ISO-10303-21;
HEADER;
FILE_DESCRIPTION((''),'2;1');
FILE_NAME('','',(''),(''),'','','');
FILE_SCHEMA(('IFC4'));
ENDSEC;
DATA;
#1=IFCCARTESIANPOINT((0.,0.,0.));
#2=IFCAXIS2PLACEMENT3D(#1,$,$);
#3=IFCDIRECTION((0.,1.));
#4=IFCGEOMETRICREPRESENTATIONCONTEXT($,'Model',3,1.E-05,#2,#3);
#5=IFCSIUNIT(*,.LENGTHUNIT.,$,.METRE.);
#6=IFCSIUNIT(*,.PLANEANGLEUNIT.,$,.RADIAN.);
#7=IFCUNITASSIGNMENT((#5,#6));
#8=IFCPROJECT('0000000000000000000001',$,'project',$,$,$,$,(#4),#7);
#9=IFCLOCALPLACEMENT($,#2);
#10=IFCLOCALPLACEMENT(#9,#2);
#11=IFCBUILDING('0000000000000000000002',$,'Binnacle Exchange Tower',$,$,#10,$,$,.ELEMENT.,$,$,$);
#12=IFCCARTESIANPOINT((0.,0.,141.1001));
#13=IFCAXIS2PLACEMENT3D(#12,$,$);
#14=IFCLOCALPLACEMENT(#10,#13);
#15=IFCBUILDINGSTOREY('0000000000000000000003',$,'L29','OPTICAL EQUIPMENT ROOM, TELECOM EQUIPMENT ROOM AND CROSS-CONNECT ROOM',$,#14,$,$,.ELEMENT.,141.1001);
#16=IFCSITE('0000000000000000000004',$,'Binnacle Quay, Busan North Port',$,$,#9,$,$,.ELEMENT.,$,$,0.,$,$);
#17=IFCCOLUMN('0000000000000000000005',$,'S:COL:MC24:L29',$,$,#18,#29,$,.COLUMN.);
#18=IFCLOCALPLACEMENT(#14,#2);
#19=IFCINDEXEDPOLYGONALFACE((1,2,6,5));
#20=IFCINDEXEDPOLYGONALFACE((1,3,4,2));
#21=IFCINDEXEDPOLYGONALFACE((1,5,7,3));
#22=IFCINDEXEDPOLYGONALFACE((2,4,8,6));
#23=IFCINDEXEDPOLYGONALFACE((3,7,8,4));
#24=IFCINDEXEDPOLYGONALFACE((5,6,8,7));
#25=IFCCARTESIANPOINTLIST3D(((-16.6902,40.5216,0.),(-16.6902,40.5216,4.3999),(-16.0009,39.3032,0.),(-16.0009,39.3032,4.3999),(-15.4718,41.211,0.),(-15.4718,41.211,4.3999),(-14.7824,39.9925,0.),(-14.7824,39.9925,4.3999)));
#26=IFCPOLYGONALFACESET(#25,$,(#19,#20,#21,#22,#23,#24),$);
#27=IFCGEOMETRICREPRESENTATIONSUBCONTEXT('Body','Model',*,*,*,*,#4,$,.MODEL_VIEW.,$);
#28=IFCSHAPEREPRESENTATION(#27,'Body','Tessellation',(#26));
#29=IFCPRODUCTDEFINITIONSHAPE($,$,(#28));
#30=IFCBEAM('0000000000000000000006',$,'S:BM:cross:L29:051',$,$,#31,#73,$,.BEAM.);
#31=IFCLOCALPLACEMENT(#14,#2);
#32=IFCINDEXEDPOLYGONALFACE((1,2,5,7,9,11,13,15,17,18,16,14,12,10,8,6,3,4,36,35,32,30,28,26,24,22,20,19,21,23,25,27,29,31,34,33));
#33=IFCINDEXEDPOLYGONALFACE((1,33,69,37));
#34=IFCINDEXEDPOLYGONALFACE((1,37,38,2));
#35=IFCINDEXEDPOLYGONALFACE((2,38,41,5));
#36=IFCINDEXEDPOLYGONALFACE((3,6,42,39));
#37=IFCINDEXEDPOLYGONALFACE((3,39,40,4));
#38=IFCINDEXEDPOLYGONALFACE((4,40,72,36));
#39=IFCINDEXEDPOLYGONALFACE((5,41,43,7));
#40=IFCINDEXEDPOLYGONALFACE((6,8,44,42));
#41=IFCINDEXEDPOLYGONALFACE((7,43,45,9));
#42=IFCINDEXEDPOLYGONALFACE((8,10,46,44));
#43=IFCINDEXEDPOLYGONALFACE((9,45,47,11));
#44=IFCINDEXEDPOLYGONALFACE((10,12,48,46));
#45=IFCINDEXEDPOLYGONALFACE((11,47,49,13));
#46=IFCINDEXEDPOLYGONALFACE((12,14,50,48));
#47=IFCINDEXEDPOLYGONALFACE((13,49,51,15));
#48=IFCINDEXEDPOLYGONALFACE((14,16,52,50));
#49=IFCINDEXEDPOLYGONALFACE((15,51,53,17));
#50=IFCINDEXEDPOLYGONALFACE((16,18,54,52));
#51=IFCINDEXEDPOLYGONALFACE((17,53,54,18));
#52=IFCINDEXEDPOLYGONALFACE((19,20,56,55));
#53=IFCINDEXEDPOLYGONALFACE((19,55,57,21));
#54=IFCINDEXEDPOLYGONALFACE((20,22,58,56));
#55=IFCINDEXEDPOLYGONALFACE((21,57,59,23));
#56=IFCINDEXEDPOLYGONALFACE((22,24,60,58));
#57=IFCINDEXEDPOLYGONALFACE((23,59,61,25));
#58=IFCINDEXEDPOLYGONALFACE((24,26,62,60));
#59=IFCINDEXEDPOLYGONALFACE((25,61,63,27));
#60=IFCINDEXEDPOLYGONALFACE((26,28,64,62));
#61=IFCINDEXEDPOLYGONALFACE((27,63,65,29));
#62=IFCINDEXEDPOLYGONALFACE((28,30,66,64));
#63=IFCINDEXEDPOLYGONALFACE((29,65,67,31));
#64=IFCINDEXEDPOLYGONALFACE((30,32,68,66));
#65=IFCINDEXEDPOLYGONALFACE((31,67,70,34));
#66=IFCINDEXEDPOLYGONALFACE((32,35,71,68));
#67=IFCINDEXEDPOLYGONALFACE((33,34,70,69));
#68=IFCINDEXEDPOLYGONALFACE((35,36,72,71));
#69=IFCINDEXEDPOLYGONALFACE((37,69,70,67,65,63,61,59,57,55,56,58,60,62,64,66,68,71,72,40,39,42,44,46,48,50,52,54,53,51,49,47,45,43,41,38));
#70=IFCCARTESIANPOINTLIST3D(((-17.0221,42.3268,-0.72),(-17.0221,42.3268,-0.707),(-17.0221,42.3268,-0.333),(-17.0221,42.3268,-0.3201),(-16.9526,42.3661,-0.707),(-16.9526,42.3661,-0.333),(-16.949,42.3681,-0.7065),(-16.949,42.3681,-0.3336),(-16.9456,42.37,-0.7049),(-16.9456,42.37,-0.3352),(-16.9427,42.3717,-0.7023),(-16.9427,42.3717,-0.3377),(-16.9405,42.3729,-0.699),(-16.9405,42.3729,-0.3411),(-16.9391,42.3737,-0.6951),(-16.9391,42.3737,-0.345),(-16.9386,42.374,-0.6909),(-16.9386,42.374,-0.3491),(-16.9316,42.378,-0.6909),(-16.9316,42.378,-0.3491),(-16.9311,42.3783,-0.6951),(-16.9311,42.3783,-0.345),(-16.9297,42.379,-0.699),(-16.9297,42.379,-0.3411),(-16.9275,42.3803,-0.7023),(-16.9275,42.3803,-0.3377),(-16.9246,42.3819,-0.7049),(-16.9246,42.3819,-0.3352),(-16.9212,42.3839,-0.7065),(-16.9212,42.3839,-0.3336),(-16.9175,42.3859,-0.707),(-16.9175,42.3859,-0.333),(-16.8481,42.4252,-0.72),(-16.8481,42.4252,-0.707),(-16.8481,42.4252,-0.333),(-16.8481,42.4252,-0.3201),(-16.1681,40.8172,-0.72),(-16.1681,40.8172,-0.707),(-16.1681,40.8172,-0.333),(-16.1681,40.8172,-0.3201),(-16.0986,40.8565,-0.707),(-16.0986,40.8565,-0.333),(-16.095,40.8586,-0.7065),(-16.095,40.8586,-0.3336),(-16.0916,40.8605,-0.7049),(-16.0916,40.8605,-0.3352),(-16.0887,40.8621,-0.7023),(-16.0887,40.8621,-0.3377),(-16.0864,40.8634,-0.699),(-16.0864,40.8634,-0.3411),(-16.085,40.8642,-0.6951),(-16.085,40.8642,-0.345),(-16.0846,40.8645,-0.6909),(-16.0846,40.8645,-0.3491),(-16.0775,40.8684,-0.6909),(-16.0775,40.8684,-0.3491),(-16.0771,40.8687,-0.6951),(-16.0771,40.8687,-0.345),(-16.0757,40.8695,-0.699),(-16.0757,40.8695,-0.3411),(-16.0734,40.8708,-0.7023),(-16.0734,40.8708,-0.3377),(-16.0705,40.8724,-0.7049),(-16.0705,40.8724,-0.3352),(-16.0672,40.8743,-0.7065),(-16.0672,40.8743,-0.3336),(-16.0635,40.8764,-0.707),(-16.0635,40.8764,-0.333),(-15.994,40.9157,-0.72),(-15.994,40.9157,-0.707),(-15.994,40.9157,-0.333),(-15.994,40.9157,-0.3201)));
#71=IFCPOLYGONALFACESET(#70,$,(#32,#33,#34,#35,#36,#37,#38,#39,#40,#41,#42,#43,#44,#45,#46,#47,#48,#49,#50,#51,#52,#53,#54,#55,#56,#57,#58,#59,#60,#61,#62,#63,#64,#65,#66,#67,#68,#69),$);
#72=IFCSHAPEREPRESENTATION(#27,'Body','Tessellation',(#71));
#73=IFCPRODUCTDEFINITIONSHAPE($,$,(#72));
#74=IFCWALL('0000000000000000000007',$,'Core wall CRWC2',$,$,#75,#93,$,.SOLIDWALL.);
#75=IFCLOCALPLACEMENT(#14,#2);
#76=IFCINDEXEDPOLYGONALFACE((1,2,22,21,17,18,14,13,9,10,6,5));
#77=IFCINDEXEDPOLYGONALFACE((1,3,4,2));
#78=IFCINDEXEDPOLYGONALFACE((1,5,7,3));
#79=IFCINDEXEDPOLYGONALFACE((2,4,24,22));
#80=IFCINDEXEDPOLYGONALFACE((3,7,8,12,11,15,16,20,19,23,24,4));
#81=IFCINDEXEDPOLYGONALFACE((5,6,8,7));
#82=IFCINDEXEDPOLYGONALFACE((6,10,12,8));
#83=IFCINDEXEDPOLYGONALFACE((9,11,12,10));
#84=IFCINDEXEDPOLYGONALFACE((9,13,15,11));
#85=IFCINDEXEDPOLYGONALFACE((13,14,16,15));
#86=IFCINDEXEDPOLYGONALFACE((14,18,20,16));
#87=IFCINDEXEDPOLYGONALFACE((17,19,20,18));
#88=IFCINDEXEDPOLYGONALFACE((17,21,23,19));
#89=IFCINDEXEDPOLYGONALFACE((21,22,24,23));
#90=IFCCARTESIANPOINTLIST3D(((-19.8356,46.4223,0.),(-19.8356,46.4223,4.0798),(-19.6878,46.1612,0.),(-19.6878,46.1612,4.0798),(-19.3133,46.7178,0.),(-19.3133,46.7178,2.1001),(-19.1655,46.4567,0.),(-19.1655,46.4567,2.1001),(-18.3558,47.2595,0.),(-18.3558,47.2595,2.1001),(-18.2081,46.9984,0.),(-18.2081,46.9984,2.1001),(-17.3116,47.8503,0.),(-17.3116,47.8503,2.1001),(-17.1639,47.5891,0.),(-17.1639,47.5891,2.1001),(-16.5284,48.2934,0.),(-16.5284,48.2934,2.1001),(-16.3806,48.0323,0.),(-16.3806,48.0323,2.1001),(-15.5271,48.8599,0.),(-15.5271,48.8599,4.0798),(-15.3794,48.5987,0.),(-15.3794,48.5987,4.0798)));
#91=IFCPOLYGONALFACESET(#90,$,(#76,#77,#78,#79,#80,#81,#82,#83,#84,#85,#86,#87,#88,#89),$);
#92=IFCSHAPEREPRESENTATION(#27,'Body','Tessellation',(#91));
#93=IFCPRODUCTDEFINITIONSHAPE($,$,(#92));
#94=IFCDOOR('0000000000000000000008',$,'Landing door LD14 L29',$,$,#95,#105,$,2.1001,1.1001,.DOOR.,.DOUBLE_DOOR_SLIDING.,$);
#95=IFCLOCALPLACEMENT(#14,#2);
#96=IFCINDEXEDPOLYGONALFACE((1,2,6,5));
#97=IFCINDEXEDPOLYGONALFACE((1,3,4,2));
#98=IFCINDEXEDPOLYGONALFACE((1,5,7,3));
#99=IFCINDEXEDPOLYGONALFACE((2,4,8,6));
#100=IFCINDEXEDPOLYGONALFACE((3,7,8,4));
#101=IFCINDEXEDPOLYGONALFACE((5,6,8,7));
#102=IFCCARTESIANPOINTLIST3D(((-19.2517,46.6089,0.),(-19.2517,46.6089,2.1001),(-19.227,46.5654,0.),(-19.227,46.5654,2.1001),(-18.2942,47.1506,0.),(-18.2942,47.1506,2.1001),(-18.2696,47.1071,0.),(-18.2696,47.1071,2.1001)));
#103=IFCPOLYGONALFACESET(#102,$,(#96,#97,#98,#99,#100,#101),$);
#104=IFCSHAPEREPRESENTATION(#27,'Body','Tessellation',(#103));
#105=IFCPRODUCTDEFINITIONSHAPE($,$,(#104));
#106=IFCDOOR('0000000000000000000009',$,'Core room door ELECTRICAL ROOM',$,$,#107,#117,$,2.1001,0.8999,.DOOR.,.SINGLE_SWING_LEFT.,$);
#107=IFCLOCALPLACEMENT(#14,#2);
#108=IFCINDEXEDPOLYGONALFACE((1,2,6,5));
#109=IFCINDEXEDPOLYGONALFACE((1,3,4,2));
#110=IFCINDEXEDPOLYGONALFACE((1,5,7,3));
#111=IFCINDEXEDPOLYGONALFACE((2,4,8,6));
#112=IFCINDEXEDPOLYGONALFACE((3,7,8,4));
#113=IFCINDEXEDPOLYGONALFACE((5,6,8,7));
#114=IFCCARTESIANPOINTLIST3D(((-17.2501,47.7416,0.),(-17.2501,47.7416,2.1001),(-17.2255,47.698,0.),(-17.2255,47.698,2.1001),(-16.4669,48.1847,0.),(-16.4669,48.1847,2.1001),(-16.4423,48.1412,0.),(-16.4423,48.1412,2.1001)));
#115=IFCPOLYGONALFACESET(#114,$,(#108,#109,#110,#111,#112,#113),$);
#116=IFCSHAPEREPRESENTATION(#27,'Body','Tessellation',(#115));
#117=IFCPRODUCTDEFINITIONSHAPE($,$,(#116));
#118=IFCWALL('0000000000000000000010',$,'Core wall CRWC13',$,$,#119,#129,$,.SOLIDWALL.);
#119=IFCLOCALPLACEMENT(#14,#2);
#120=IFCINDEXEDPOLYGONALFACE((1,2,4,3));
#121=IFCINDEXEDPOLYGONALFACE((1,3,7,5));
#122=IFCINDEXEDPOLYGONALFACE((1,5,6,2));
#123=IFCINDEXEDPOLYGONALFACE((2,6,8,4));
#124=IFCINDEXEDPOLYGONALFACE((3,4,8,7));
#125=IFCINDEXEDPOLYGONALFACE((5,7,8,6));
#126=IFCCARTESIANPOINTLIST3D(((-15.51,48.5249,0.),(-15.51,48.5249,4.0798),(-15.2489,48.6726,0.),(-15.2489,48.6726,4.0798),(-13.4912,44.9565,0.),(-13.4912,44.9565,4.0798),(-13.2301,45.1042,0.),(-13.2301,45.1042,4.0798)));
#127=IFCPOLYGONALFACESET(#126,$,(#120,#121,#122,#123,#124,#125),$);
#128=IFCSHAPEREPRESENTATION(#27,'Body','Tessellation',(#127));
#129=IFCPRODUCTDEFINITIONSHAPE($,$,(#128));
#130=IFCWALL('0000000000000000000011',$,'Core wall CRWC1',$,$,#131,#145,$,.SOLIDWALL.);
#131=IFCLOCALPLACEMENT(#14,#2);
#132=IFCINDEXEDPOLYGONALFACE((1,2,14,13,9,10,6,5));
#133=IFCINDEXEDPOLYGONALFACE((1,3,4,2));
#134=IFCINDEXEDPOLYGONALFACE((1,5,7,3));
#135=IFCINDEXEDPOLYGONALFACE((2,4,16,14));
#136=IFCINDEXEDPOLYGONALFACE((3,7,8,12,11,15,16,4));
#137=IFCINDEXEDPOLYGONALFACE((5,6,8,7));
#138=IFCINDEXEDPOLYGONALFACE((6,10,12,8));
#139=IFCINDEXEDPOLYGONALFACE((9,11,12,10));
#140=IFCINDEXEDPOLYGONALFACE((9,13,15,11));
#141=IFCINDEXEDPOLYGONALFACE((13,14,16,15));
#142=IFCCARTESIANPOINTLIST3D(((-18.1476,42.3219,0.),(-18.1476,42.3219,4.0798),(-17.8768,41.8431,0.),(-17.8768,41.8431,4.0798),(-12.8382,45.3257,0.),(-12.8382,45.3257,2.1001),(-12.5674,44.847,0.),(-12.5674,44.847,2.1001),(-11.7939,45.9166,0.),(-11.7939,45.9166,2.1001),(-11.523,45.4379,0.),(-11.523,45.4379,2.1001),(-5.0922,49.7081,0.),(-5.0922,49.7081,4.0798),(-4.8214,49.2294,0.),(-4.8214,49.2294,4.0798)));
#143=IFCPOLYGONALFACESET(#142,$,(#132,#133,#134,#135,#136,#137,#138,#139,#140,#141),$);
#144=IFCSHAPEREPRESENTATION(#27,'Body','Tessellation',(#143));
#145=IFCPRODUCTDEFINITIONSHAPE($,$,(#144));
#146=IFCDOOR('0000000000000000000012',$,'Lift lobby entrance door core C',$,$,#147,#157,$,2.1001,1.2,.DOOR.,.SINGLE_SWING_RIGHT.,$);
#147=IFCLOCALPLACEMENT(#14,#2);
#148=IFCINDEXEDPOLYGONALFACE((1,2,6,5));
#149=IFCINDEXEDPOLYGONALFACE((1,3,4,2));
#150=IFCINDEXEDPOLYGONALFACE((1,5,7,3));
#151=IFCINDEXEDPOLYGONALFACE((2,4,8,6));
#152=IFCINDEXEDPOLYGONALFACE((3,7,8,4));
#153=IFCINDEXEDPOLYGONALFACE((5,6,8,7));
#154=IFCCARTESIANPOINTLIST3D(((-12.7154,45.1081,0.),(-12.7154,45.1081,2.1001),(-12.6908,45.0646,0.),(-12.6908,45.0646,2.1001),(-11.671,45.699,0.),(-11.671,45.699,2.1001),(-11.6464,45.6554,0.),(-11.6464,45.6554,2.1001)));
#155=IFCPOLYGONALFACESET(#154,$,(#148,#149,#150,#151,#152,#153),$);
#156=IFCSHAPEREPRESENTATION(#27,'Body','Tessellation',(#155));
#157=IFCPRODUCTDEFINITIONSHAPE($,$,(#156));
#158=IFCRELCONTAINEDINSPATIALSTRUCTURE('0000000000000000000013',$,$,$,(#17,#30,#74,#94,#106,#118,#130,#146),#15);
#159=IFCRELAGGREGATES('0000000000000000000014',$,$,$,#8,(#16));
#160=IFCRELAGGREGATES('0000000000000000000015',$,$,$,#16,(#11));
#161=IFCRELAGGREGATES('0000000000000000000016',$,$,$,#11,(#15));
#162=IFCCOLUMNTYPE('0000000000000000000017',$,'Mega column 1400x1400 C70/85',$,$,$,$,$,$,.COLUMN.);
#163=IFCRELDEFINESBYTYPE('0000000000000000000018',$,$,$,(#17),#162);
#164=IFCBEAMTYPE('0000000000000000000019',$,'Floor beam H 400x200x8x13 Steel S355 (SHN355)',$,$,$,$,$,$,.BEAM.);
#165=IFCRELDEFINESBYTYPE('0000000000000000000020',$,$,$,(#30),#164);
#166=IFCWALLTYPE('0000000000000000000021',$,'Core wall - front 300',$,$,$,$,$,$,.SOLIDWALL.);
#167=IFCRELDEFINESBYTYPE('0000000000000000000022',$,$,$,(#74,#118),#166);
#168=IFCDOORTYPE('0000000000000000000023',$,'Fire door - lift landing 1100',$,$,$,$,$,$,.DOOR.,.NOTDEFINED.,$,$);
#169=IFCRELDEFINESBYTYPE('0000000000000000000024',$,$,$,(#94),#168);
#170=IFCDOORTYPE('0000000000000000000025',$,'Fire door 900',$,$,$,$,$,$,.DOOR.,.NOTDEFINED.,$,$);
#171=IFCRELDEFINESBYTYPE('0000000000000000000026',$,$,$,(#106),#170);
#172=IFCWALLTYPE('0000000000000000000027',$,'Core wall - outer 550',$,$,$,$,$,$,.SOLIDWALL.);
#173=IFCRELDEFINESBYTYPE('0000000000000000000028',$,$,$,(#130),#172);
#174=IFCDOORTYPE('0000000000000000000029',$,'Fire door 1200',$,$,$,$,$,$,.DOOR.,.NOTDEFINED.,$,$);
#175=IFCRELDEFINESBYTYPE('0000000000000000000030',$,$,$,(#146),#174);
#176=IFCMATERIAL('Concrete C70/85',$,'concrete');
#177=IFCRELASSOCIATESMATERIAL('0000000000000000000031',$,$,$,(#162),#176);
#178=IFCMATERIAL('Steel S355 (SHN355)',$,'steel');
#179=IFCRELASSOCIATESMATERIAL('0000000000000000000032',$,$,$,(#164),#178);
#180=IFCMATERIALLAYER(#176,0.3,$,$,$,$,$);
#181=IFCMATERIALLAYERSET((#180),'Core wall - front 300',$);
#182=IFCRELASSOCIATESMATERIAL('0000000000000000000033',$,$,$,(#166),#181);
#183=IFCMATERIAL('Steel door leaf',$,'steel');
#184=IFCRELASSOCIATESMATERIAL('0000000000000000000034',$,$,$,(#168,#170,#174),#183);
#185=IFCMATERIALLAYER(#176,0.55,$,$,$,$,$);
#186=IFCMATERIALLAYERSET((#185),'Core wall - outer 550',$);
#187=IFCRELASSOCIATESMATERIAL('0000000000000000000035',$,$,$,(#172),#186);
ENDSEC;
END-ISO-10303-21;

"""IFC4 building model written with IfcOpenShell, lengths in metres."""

from ifc_helpers import new_model, si_unit, direction, frame, frame_2d, origin, origin_2d, place, context, subcontext, project, spatial, rectangle, i_section, extrude, material, layer, layer_set, material_profile, profile_set, type_object, element, fill, save


model = new_model("IFC4")

# Units and contexts
model_context = context("Model", 3, precision=1e-05, world=origin(), true_north=direction((0.0, 1.0)))
body_context = subcontext(model_context, "Body", "Model", "MODEL_VIEW")
ifc_project = project(units=[si_unit("LENGTHUNIT", "METRE"), si_unit("PLANEANGLEUNIT", "RADIAN")], contexts=[model_context])

# Site, building, storey
site_placement = place(None, origin())
site = spatial("IfcSite", under=ifc_project, at=site_placement, Name="Binnacle Quay, Busan North Port", CompositionType="ELEMENT", RefElevation=0.0)
building_placement = place(site_placement, origin())
building = spatial("IfcBuilding", under=site, at=building_placement, Name="Binnacle Exchange Tower", CompositionType="ELEMENT")
storey_placement = place(building_placement, frame((0.0, 0.0, 141.1001)))
storey = spatial("IfcBuildingStorey", under=building, at=storey_placement, Name="L29", Description="OPTICAL EQUIPMENT ROOM, TELECOM EQUIPMENT ROOM AND CROSS-CONNECT ROOM", CompositionType="ELEMENT", Elevation=141.1001)

# Column
ifc_material_1 = material(Name="Concrete C70/85", Category="concrete")
ifc_material_profile_1 = material_profile(ifc_material_1, rectangle(XDim=1.3999, YDim=1.3999, at=origin_2d()), Name="Mega column 1400x1400 C70/85")
ifc_profile_set_1 = profile_set([ifc_material_profile_1], Name="Concrete C70/85")
column_type = type_object("IfcColumnType", Name="Mega column 1400x1400 C70/85", PredefinedType="COLUMN", material=ifc_profile_set_1)
column_placement = place(storey_placement, frame((-15.7363, 40.2571, 0.0), z_axis=(0.0, 0.0, 1.0), x_axis=(0.870356, 0.492424, 0.0)))
element("IfcColumn", 1, at=column_placement, inside=storey, type_object=column_type, Name="S:COL:MC24:L29", PredefinedType="COLUMN", context=body_context, shape_type="SweptSolid", body=[
    extrude(rectangle(XDim=1.3999, YDim=1.3999, at=origin_2d()), origin(), (0.0, 0.0, 1.0), 4.3999),
])

# Beam
ifc_material_2 = material(Name="Steel S355 (SHN355)", Category="steel")
ifc_material_profile_2 = material_profile(ifc_material_2, i_section(OverallWidth=0.2, OverallDepth=0.3999, WebThickness=0.0081, FlangeThickness=0.0129, FilletRadius=0.0161, at=origin_2d()), Name="H 400x200x8x13")
ifc_profile_set_2 = profile_set([ifc_material_profile_2], Name="Steel S355 (SHN355)")
beam_type = type_object("IfcBeamType", Name="Floor beam H 400x200x8x13 Steel S355 (SHN355)", PredefinedType="BEAM", material=ifc_profile_set_2)
beam_placement = place(storey_placement, frame((-16.0811, 40.8665, -0.52), z_axis=(-0.492405, 0.870366, 0.0), x_axis=(-0.870366, -0.492405, 0.0)))
element("IfcBeam", 2, at=beam_placement, inside=storey, type_object=beam_type, Name="S:BM:cross:L29:051", PredefinedType="BEAM", context=body_context, shape_type="SweptSolid", body=[
    extrude(i_section(OverallWidth=0.2, OverallDepth=0.3999, WebThickness=0.0081, FlangeThickness=0.0129, FilletRadius=0.0161, at=origin_2d()), origin(), (0.0, 0.0, 1.0), 1.7344),
])

# Wall, openings, doors
ifc_layer_1 = layer(ifc_material_1, 0.3)
ifc_layer_set_1 = layer_set([ifc_layer_1], Name="Core wall - front 300")
wall_type_1 = type_object("IfcWallType", Name="Core wall - front 300", PredefinedType="SOLIDWALL", material=ifc_layer_set_1)
wall_1_placement = place(storey_placement, frame((-19.7617, 46.2917, 0.0), z_axis=(0.0, 0.0, 1.0), x_axis=(0.87036, 0.492416, 0.0)))
wall_1 = element("IfcWall", 3, at=wall_1_placement, inside=storey, type_object=wall_type_1, Name="Core wall CRWC2", PredefinedType="SOLIDWALL", context=body_context, shape_type="SweptSolid", body=[
    extrude(rectangle(XDim=4.9502, YDim=0.3, at=frame_2d((2.4751, 0.0))), origin(), (0.0, 0.0, 1.0), 4.0798),
])
opening_1_placement = place(wall_1_placement, frame((0.6001, 0.0, 0.0)))
opening_1 = element("IfcOpeningElement", 4, at=opening_1_placement, cuts=wall_1, PredefinedType="OPENING", context=body_context, shape_type="SweptSolid", body=[
    extrude(rectangle(XDim=1.1001, YDim=2.1001, at=frame_2d((0.55, 1.05))), frame((0.0, 0.1599, 0.0), z_axis=(0.0, -1.0, 0.0), x_axis=(1.0, 0.0, 0.0)), (0.0, 0.0, 1.0), 0.3201),
])
opening_2_placement = place(wall_1_placement, frame((2.8999, 0.0, 0.0)))
opening_2 = element("IfcOpeningElement", 5, at=opening_2_placement, cuts=wall_1, PredefinedType="OPENING", context=body_context, shape_type="SweptSolid", body=[
    extrude(rectangle(XDim=0.8999, YDim=2.1001, at=frame_2d((0.45, 1.05))), frame((0.0, 0.1599, 0.0), z_axis=(0.0, -1.0, 0.0), x_axis=(1.0, 0.0, 0.0)), (0.0, 0.0, 1.0), 0.3201),
])
ifc_material_3 = material(Name="Steel door leaf", Category="steel")
door_type_1 = type_object("IfcDoorType", Name="Fire door - lift landing 1100", OperationType="NOTDEFINED", PredefinedType="DOOR", material=ifc_material_3)
door_1_placement = place(opening_1_placement, origin())
door_1 = element("IfcDoor", 6, at=door_1_placement, inside=storey, type_object=door_type_1, Name="Landing door LD14 L29", OperationType="DOUBLE_DOOR_SLIDING", OverallHeight=2.1001, OverallWidth=1.1001, PredefinedType="DOOR", context=body_context, shape_type="SweptSolid", body=[
    extrude(rectangle(XDim=1.1001, YDim=2.1001, at=frame_2d((0.55, 1.05))), frame((0.0, 0.0249, 0.0), z_axis=(0.0, -1.0, 0.0), x_axis=(1.0, 0.0, 0.0)), (0.0, 0.0, 1.0), 0.05),
])
fill(opening_1, door_1)
door_type_2 = type_object("IfcDoorType", Name="Fire door 900", OperationType="NOTDEFINED", PredefinedType="DOOR", material=ifc_material_3)
door_2_placement = place(opening_2_placement, frame((0.8999, 0.0, 0.0), z_axis=(0.0, 0.0, 1.0), x_axis=(-1.0, 0.0, 0.0)))
door_2 = element("IfcDoor", 7, at=door_2_placement, inside=storey, type_object=door_type_2, Name="Core room door ELECTRICAL ROOM", OperationType="SINGLE_SWING_LEFT", OverallHeight=2.1001, OverallWidth=0.8999, PredefinedType="DOOR", context=body_context, shape_type="SweptSolid", body=[
    extrude(rectangle(XDim=0.8999, YDim=2.1001, at=frame_2d((0.45, 1.05))), frame((0.0, 0.0249, 0.0), z_axis=(0.0, -1.0, 0.0), x_axis=(1.0, 0.0, 0.0)), (0.0, 0.0, 1.0), 0.05),
])
fill(opening_2, door_2)

# Wall
wall_2_placement = place(storey_placement, frame((-15.3794, 48.5986, 0.0), z_axis=(0.0, 0.0, 1.0), x_axis=(0.492408, -0.870364, 0.0)))
element("IfcWall", 8, at=wall_2_placement, inside=storey, type_object=wall_type_1, Name="Core wall CRWC13", PredefinedType="SOLIDWALL", context=body_context, shape_type="SweptSolid", body=[
    extrude(rectangle(XDim=4.0999, YDim=0.3, at=frame_2d((2.0498, 0.0))), origin(), (0.0, 0.0, 1.0), 4.0798),
])

# Wall, opening, door
ifc_layer_2 = layer(ifc_material_1, 0.55)
ifc_layer_set_2 = layer_set([ifc_layer_2], Name="Core wall - outer 550")
wall_type_2 = type_object("IfcWallType", Name="Core wall - outer 550", PredefinedType="SOLIDWALL", material=ifc_layer_set_2)
wall_3_placement = place(storey_placement, frame((-18.0122, 42.0825, 0.0), z_axis=(0.0, 0.0, 1.0), x_axis=(0.870361, 0.492415, 0.0)))
wall_3 = element("IfcWall", 9, at=wall_3_placement, inside=storey, type_object=wall_type_2, Name="Core wall CRWC1", PredefinedType="SOLIDWALL", context=body_context, shape_type="SweptSolid", body=[
    extrude(rectangle(XDim=15.0, YDim=0.55, at=frame_2d((7.5, 0.0))), origin(), (0.0, 0.0, 1.0), 4.0798),
])
opening_3_placement = place(wall_3_placement, frame((6.1001, 0.0, 0.0)))
opening_3 = element("IfcOpeningElement", 10, at=opening_3_placement, cuts=wall_3, PredefinedType="OPENING", context=body_context, shape_type="SweptSolid", body=[
    extrude(rectangle(XDim=1.2, YDim=2.1001, at=frame_2d((0.6001, 1.05))), frame((0.0, 0.2849, 0.0), z_axis=(0.0, -1.0, 0.0), x_axis=(1.0, 0.0, 0.0)), (0.0, 0.0, 1.0), 0.5701),
])
door_type_3 = type_object("IfcDoorType", Name="Fire door 1200", OperationType="NOTDEFINED", PredefinedType="DOOR", material=ifc_material_3)
door_3_placement = place(opening_3_placement, frame((1.2, 0.0, 0.0), z_axis=(0.0, 0.0, 1.0), x_axis=(-1.0, 0.0, 0.0)))
door_3 = element("IfcDoor", 11, at=door_3_placement, inside=storey, type_object=door_type_3, Name="Lift lobby entrance door core C", OperationType="SINGLE_SWING_RIGHT", OverallHeight=2.1001, OverallWidth=1.2, PredefinedType="DOOR", context=body_context, shape_type="SweptSolid", body=[
    extrude(rectangle(XDim=1.2, YDim=2.1001, at=frame_2d((0.6001, 1.05))), frame((0.0, 0.0249, 0.0), z_axis=(0.0, -1.0, 0.0), x_axis=(1.0, 0.0, 0.0)), (0.0, 0.0, 1.0), 0.05),
])
fill(opening_3, door_3)

save(model, "model.ifc")
